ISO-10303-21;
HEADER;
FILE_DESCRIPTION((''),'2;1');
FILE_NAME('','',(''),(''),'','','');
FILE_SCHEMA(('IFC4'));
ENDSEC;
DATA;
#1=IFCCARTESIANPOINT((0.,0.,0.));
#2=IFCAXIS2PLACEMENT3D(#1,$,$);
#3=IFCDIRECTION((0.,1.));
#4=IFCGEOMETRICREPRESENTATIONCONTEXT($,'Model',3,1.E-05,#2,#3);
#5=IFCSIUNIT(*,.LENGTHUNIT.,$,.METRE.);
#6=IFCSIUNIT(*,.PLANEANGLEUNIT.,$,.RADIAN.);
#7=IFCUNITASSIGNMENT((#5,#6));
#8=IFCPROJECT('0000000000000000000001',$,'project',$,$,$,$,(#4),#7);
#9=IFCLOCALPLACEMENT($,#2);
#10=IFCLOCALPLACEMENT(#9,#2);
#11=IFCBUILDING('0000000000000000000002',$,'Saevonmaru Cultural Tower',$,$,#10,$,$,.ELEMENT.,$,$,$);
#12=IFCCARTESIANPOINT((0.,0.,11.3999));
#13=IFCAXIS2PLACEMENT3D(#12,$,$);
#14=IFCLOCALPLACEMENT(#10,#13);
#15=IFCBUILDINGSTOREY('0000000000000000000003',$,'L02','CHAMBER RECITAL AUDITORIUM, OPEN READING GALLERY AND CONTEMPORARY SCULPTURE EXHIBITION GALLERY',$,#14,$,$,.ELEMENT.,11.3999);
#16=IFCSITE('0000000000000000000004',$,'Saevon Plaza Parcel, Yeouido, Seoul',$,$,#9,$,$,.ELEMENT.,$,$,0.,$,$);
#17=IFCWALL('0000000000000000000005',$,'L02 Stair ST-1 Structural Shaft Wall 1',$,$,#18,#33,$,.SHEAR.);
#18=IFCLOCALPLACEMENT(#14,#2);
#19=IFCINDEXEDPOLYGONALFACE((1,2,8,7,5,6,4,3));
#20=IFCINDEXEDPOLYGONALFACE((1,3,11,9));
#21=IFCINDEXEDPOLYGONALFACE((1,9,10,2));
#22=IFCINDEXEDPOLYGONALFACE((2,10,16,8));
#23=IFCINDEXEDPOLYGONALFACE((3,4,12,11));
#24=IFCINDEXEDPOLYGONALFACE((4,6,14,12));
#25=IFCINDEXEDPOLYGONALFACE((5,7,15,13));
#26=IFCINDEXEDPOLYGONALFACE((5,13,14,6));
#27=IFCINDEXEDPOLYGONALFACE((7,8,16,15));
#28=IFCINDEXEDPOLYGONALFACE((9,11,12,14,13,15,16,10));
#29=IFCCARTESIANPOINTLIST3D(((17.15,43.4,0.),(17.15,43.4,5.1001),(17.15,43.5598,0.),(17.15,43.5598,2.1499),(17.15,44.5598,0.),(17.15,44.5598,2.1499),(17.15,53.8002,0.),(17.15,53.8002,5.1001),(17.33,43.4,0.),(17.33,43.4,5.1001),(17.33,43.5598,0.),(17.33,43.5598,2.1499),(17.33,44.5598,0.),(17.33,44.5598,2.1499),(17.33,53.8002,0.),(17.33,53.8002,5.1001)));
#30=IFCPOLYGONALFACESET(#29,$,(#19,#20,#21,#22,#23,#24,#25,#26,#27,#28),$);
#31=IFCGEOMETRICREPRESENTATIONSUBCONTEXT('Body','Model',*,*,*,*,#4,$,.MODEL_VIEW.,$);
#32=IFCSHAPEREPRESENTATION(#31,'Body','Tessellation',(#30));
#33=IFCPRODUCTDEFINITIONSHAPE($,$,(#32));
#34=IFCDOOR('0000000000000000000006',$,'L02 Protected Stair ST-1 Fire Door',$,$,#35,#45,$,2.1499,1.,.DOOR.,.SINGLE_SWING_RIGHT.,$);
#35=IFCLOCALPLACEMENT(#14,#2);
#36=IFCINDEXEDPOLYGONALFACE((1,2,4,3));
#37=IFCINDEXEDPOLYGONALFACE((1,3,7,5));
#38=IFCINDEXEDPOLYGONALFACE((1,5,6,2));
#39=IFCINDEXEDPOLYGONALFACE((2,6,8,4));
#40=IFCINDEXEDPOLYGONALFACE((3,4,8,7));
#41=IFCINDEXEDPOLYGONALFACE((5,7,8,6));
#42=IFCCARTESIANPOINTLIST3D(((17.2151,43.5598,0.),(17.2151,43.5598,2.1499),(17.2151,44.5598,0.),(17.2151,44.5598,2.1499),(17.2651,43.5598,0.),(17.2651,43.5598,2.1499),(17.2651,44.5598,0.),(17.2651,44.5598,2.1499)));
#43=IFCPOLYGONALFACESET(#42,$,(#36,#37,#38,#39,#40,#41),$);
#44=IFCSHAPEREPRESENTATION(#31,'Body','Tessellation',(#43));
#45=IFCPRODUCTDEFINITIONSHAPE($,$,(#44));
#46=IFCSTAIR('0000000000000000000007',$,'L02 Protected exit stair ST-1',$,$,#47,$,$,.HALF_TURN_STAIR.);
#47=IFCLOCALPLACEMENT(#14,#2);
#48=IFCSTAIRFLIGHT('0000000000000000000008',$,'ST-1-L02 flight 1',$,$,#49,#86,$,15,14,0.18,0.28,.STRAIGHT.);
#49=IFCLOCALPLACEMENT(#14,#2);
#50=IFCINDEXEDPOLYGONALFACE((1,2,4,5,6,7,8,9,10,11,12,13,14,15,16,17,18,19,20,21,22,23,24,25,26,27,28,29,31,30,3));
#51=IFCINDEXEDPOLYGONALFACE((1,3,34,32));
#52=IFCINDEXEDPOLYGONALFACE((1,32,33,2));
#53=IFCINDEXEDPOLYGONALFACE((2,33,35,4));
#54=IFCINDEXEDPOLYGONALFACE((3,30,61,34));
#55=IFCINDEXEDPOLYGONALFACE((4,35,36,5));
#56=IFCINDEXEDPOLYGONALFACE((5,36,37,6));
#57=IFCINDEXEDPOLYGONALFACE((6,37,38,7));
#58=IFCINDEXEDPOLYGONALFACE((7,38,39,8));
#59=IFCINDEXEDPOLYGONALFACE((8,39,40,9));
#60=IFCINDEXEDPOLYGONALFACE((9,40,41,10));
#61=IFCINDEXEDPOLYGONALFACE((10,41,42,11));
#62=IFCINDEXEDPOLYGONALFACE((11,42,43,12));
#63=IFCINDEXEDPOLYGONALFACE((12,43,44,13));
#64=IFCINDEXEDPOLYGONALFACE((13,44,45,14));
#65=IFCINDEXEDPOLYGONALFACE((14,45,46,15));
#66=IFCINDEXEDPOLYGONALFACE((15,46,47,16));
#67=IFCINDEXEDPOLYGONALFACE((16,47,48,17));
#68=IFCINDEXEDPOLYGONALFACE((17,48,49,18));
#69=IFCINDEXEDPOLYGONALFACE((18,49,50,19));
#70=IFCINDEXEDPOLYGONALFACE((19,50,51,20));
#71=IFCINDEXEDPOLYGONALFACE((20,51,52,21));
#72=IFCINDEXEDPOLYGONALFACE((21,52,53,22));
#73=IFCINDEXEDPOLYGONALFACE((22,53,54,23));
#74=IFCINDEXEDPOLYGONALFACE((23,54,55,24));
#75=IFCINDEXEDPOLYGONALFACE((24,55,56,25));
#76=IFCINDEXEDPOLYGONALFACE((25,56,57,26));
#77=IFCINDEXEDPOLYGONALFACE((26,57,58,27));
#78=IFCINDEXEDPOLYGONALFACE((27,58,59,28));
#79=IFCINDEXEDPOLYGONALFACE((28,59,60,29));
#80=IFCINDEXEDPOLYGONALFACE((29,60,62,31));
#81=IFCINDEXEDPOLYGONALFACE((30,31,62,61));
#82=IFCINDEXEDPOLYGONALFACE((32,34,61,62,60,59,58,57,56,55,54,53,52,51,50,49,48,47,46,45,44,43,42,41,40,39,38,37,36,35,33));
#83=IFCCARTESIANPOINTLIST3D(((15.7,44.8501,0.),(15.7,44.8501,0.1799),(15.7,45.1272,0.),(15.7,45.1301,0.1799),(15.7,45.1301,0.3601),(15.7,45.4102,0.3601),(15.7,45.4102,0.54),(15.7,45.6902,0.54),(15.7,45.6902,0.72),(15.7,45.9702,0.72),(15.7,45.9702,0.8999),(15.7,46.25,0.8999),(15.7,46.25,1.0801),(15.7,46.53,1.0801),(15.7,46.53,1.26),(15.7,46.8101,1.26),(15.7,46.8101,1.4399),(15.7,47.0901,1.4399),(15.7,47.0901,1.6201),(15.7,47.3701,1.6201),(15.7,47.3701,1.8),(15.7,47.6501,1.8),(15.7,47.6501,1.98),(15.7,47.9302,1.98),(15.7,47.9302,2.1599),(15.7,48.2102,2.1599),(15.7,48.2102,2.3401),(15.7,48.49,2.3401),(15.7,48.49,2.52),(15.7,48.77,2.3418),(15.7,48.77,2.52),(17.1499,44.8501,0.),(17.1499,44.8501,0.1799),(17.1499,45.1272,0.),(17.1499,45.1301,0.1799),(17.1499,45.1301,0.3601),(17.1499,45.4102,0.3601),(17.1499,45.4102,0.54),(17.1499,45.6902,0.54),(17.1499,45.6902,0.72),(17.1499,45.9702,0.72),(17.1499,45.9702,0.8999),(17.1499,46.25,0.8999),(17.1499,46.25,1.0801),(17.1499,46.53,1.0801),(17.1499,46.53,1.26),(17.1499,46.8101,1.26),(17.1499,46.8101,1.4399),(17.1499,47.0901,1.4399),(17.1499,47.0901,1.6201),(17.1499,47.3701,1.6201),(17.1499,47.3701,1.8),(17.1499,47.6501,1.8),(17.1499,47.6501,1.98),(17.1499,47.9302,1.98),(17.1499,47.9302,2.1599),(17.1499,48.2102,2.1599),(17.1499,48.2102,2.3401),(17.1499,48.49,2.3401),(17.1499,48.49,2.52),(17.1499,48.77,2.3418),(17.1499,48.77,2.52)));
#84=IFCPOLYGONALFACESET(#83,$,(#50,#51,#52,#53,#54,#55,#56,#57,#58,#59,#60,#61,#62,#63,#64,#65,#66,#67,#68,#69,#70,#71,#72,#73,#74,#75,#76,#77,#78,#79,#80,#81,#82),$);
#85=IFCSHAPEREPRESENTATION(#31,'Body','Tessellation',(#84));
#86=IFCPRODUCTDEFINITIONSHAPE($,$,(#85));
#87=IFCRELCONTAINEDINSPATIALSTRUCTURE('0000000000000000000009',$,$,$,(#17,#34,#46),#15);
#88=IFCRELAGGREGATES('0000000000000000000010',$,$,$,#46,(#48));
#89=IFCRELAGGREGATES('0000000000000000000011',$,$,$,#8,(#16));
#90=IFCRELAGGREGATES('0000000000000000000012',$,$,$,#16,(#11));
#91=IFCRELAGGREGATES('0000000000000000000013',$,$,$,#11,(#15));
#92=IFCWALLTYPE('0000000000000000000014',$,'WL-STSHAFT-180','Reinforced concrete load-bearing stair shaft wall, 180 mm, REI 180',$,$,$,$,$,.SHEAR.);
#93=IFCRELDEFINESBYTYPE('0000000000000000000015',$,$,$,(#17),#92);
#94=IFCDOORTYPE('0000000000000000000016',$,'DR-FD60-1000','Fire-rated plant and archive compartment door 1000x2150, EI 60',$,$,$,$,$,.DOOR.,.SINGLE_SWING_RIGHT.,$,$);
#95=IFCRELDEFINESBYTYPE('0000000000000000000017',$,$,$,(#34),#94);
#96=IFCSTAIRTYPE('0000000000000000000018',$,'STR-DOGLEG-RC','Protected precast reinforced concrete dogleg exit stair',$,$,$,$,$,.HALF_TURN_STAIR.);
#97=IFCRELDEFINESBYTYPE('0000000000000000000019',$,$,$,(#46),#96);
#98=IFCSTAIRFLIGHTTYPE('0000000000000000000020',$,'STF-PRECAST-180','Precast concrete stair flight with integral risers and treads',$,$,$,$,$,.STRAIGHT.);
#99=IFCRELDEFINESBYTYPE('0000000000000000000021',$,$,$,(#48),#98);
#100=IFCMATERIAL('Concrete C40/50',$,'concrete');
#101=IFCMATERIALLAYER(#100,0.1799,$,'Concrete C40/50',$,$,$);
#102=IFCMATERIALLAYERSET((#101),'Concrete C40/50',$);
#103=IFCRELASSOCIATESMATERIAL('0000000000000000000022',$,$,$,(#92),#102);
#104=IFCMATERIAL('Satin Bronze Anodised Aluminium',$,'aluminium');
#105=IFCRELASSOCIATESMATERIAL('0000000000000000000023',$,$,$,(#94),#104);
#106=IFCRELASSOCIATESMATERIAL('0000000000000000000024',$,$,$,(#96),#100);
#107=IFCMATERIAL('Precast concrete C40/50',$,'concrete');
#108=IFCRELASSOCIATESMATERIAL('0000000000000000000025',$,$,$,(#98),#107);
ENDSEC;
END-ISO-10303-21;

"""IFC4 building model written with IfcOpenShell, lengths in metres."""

from ifc_helpers import new_model, si_unit, direction, frame, frame_2d, origin, place, context, subcontext, project, spatial, polyline, rectangle, outline, extrude, material, layer, layer_set, type_object, element, fill, aggregate, save


model = new_model("IFC4")

# Units and contexts
model_context = context("Model", 3, precision=1e-05, world=origin(), true_north=direction((0.0, 1.0)))
body_context = subcontext(model_context, "Body", "Model", "MODEL_VIEW")
ifc_project = project(units=[si_unit("LENGTHUNIT", "METRE"), si_unit("PLANEANGLEUNIT", "RADIAN")], contexts=[model_context])

# Site, building, storey
site_placement = place(None, origin())
site = spatial("IfcSite", under=ifc_project, at=site_placement, Name="Saevon Plaza Parcel, Yeouido, Seoul", CompositionType="ELEMENT", RefElevation=0.0)
building_placement = place(site_placement, origin())
building = spatial("IfcBuilding", under=site, at=building_placement, Name="Saevonmaru Cultural Tower", CompositionType="ELEMENT")
storey_placement = place(building_placement, frame((0.0, 0.0, 11.3999)))
storey = spatial("IfcBuildingStorey", under=building, at=storey_placement, Name="L02", Description="CHAMBER RECITAL AUDITORIUM, OPEN READING GALLERY AND CONTEMPORARY SCULPTURE EXHIBITION GALLERY", CompositionType="ELEMENT", Elevation=11.3999)

# Shared definitions
ifc_material_1 = material(Name="Satin Bronze Anodised Aluminium", Category="aluminium")

# Wall, opening, door
ifc_material_2 = material(Name="Concrete C40/50", Category="concrete")
ifc_layer_1 = layer(ifc_material_2, 0.1799, Name="Concrete C40/50")
ifc_layer_set_1 = layer_set([ifc_layer_1], Name="Concrete C40/50")
wall_type_1 = type_object("IfcWallType", Name="WL-STSHAFT-180", Description="Reinforced concrete load-bearing stair shaft wall, 180 mm, REI 180", PredefinedType="SHEAR", material=ifc_layer_set_1)
wall_1_placement = place(storey_placement, frame((17.24, 43.3999, 0.0), z_axis=(0.0, 0.0, 1.0), x_axis=(0.0, 1.0, 0.0)))
wall_1 = element("IfcWall", 1, at=wall_1_placement, inside=storey, type_object=wall_type_1, Name="L02 Stair ST-1 Structural Shaft Wall 1", PredefinedType="SHEAR", context=body_context, shape_type="SweptSolid", body=[
    extrude(rectangle(XDim=10.4001, YDim=0.1799, at=frame_2d((5.2002, 0.0))), origin(), (0.0, 0.0, 1.0), 5.1001),
])
opening_1_placement = place(wall_1_placement, frame((0.1599, 0.0, 0.0)))
opening_1 = element("IfcOpeningElement", 2, at=opening_1_placement, cuts=wall_1, PredefinedType="OPENING", context=body_context, shape_type="SweptSolid", body=[
    extrude(rectangle(XDim=1.0, YDim=2.1499, at=frame_2d((0.5, 1.075))), frame((0.0, 0.1001, 0.0), z_axis=(0.0, -1.0, 0.0), x_axis=(1.0, 0.0, 0.0)), (0.0, 0.0, 1.0), 0.2),
])
door_type_1 = type_object("IfcDoorType", Name="DR-FD60-1000", Description="Fire-rated plant and archive compartment door 1000x2150, EI 60", OperationType="SINGLE_SWING_RIGHT", PredefinedType="DOOR", material=ifc_material_1)
door_1_placement = place(opening_1_placement, origin())
door_1 = element("IfcDoor", 3, at=door_1_placement, inside=storey, type_object=door_type_1, Name="L02 Protected Stair ST-1 Fire Door", OperationType="SINGLE_SWING_RIGHT", OverallHeight=2.1499, OverallWidth=1.0, PredefinedType="DOOR", context=body_context, shape_type="SweptSolid", body=[
    extrude(rectangle(XDim=1.0, YDim=2.1499, at=frame_2d((0.5, 1.075))), frame((0.0, 0.0249, 0.0), z_axis=(0.0, -1.0, 0.0), x_axis=(1.0, 0.0, 0.0)), (0.0, 0.0, 1.0), 0.05),
])
fill(opening_1, door_1)

# Stair, stair flight
stair_type = type_object("IfcStairType", Name="STR-DOGLEG-RC", Description="Protected precast reinforced concrete dogleg exit stair", PredefinedType="HALF_TURN_STAIR", material=ifc_material_2)
stair_placement = place(storey_placement, origin())
stair = element("IfcStair", 4, at=stair_placement, inside=storey, type_object=stair_type, Name="L02 Protected exit stair ST-1", PredefinedType="HALF_TURN_STAIR")
ifc_material_3 = material(Name="Precast concrete C40/50", Category="concrete")
stair_flight_type = type_object("IfcStairFlightType", Name="STF-PRECAST-180", Description="Precast concrete stair flight with integral risers and treads", PredefinedType="STRAIGHT", material=ifc_material_3)
stair_flight_placement = place(storey_placement, frame((16.425, 44.8501, 0.0), z_axis=(0.0, 0.0, 1.0), x_axis=(0.0, 1.0, 0.0)))
stair_flight = element("IfcStairFlight", 5, at=stair_flight_placement, type_object=stair_flight_type, Name="ST-1-L02 flight 1", NumberOfRisers=15, NumberOfTreads=14, PredefinedType="STRAIGHT", RiserHeight=0.18, TreadLength=0.28, context=body_context, shape_type="SweptSolid", body=[
    extrude(outline(polyline([(0.0, 0.0), (0.0, 0.1799), (0.28, 0.1799), (0.28, 0.3601), (0.5601, 0.3601), (0.5601, 0.54), (0.8401, 0.54), (0.8401, 0.72), (1.1201, 0.72), (1.1201, 0.8999), (1.3999, 0.8999), (1.3999, 1.0801), (1.6799, 1.0801), (1.6799, 1.26), (1.96, 1.26), (1.96, 1.4399), (2.24, 1.4399), (2.24, 1.6201), (2.52, 1.6201), (2.52, 1.8), (2.8, 1.8), (2.8, 1.98), (3.0801, 1.98), (3.0801, 2.1599), (3.3601, 2.1599), (3.3601, 2.3401), (3.6399, 2.3401), (3.6399, 2.52), (3.9199, 2.52), (3.9199, 2.7), (3.9199, 2.3418), (0.2771, 0.0), (0.0, 0.0)])), frame((0.0, 0.7251, 0.0), z_axis=(0.0, -1.0, 0.0), x_axis=(1.0, 0.0, 0.0)), (0.0, 0.0, 1.0), 1.45),
])
aggregate(stair, [stair_flight])

save(model, "model.ifc")
